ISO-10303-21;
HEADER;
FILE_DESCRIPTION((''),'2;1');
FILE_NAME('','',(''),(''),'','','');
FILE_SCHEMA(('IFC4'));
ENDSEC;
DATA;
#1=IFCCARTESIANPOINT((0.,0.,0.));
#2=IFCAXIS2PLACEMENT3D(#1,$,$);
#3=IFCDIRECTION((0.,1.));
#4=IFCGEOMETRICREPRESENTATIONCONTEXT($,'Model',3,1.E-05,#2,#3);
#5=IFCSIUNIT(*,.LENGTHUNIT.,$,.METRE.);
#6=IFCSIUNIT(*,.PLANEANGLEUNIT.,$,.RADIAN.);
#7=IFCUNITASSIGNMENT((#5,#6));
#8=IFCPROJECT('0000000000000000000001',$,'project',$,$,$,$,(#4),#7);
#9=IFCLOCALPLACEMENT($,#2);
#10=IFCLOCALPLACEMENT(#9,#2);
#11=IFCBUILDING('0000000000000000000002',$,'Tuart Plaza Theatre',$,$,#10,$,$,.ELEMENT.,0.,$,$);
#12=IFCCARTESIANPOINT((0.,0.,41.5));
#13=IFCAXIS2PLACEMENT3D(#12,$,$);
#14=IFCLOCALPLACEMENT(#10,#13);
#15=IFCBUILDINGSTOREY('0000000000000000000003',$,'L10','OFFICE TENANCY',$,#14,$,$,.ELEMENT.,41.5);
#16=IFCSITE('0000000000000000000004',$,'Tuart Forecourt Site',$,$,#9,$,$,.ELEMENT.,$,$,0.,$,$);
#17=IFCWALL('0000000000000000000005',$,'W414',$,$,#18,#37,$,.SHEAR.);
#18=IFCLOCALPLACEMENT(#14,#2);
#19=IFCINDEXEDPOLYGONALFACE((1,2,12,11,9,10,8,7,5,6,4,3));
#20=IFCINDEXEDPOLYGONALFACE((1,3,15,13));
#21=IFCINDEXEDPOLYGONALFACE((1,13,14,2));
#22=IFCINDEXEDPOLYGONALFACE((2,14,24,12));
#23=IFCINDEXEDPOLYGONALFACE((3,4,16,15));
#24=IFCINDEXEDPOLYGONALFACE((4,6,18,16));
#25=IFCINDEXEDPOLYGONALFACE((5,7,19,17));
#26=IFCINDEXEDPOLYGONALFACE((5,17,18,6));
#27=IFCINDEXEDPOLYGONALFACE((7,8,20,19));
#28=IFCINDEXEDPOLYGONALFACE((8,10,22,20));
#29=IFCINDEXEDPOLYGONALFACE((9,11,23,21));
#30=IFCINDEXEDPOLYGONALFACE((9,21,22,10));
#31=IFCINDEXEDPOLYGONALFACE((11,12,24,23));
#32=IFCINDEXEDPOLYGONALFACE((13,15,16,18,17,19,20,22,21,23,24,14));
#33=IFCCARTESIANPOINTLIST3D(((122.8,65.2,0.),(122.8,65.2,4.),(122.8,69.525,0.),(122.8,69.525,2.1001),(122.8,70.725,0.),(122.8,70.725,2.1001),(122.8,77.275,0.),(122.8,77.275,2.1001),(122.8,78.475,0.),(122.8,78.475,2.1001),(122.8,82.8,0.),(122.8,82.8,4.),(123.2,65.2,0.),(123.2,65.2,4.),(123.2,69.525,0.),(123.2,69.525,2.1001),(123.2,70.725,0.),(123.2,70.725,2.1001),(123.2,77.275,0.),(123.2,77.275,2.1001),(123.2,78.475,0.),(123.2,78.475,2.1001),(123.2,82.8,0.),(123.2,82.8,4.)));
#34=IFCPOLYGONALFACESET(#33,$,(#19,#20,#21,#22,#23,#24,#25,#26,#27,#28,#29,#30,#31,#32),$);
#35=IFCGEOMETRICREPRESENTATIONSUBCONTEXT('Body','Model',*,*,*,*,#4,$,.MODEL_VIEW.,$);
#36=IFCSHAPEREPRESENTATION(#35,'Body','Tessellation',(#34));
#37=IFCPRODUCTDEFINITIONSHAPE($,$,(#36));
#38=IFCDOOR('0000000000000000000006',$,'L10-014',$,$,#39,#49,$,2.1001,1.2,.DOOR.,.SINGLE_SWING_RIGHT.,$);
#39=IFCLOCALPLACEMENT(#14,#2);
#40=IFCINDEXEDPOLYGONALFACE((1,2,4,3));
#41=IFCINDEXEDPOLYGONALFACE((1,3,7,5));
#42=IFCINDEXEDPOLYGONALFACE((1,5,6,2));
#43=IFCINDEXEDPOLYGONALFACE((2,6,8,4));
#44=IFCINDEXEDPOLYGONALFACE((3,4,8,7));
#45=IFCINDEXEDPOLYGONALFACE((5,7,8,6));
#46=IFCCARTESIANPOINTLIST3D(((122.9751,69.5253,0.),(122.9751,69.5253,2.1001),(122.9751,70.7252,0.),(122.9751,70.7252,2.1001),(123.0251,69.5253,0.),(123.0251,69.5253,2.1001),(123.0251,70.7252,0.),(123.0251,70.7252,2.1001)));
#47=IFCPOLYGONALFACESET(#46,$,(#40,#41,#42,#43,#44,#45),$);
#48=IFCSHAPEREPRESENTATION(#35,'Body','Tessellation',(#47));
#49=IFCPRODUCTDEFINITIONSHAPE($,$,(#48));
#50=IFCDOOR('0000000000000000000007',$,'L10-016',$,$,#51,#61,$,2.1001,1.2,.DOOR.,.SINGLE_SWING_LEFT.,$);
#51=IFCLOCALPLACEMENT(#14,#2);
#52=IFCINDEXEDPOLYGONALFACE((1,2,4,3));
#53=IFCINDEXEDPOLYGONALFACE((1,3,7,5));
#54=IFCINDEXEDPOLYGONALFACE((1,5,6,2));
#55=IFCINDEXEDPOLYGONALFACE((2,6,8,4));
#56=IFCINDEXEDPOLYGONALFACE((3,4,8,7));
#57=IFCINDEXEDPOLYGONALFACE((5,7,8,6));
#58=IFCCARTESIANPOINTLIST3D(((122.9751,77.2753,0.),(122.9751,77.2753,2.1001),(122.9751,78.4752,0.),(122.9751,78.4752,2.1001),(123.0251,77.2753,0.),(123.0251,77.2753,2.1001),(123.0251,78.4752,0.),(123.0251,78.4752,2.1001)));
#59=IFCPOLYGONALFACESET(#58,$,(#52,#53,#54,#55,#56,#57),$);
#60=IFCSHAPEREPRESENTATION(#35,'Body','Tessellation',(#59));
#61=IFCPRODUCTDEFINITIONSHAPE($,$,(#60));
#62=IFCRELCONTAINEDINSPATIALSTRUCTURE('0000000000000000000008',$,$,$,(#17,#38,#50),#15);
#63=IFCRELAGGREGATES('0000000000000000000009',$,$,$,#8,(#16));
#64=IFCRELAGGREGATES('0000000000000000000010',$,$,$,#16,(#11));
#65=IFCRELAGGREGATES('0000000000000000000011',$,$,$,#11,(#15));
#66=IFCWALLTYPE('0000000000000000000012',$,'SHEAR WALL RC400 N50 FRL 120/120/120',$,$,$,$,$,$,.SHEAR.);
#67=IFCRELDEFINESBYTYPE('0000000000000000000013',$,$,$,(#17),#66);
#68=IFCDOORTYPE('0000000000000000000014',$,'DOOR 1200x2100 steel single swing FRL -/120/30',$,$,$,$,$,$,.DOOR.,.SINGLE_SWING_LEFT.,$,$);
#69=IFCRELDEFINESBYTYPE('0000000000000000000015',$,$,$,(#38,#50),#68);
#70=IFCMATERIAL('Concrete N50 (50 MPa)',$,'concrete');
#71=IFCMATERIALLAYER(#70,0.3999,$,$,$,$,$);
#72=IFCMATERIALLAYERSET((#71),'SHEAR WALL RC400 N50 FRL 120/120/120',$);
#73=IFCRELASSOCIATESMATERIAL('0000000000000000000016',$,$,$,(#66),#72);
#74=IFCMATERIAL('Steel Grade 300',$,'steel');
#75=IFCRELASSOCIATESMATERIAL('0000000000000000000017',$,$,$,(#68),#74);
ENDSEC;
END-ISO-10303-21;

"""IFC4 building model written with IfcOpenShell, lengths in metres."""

from ifc_helpers import new_model, si_unit, direction, frame, frame_2d, origin, place, context, subcontext, project, spatial, rectangle, extrude, material, layer, layer_set, type_object, element, fill, save


model = new_model("IFC4")

# Units and contexts
model_context = context("Model", 3, precision=1e-05, world=origin(), true_north=direction((0.0, 1.0)))
body_context = subcontext(model_context, "Body", "Model", "MODEL_VIEW")
ifc_project = project(units=[si_unit("LENGTHUNIT", "METRE"), si_unit("PLANEANGLEUNIT", "RADIAN")], contexts=[model_context])

# Site, building, storey
site_placement = place(None, origin())
site = spatial("IfcSite", under=ifc_project, at=site_placement, Name="Tuart Forecourt Site", CompositionType="ELEMENT", RefElevation=0.0)
building_placement = place(site_placement, origin())
building = spatial("IfcBuilding", under=site, at=building_placement, Name="Tuart Plaza Theatre", CompositionType="ELEMENT", ElevationOfRefHeight=0.0)
storey_placement = place(building_placement, frame((0.0, 0.0, 41.5)))
storey = spatial("IfcBuildingStorey", under=building, at=storey_placement, Name="L10", Description="OFFICE TENANCY", CompositionType="ELEMENT", Elevation=41.5)

# Wall, openings, doors
ifc_material_1 = material(Name="Concrete N50 (50 MPa)", Category="concrete")
ifc_layer_1 = layer(ifc_material_1, 0.3999)
ifc_layer_set_1 = layer_set([ifc_layer_1], Name="SHEAR WALL RC400 N50 FRL 120/120/120")
wall_type_1 = type_object("IfcWallType", Name="SHEAR WALL RC400 N50 FRL 120/120/120", PredefinedType="SHEAR", material=ifc_layer_set_1)
wall_1_placement = place(storey_placement, frame((123.0, 82.8, 0.0), z_axis=(0.0, 0.0, 1.0), x_axis=(0.0, -1.0, 0.0)))
wall_1 = element("IfcWall", 1, at=wall_1_placement, inside=storey, type_object=wall_type_1, Name="W414", PredefinedType="SHEAR", context=body_context, shape_type="SweptSolid", body=[
    extrude(rectangle(XDim=17.6001, YDim=0.3999, at=frame_2d((8.8, 0.0))), origin(), (0.0, 0.0, 1.0), 4.0),
])
opening_1_placement = place(wall_1_placement, frame((12.075, 0.0, 0.0)))
opening_1 = element("IfcOpeningElement", 2, at=opening_1_placement, cuts=wall_1, PredefinedType="OPENING", context=body_context, shape_type="SweptSolid", body=[
    extrude(rectangle(XDim=1.2, YDim=2.1001, at=frame_2d((0.6001, 1.05))), frame((0.0, 0.21, 0.0), z_axis=(0.0, -1.0, 0.0), x_axis=(1.0, 0.0, 0.0)), (0.0, 0.0, 1.0), 0.4199),
])
opening_2_placement = place(wall_1_placement, frame((4.325, 0.0, 0.0)))
opening_2 = element("IfcOpeningElement", 3, at=opening_2_placement, cuts=wall_1, PredefinedType="OPENING", context=body_context, shape_type="SweptSolid", body=[
    extrude(rectangle(XDim=1.2, YDim=2.1001, at=frame_2d((0.6001, 1.05))), frame((0.0, 0.21, 0.0), z_axis=(0.0, -1.0, 0.0), x_axis=(1.0, 0.0, 0.0)), (0.0, 0.0, 1.0), 0.4199),
])
ifc_material_2 = material(Name="Steel Grade 300", Category="steel")
door_type_1 = type_object("IfcDoorType", Name="DOOR 1200x2100 steel single swing FRL -/120/30", OperationType="SINGLE_SWING_LEFT", PredefinedType="DOOR", material=ifc_material_2)
door_1_placement = place(opening_1_placement, frame((1.2, 0.0, 0.0), z_axis=(0.0, 0.0, 1.0), x_axis=(-1.0, 0.0, 0.0)))
door_1 = element("IfcDoor", 4, at=door_1_placement, inside=storey, type_object=door_type_1, Name="L10-014", OperationType="SINGLE_SWING_RIGHT", OverallHeight=2.1001, OverallWidth=1.2, PredefinedType="DOOR", context=body_context, shape_type="SweptSolid", body=[
    extrude(rectangle(XDim=1.2, YDim=2.1001, at=frame_2d((0.6001, 1.05))), frame((0.0, 0.0249, 0.0), z_axis=(0.0, -1.0, 0.0), x_axis=(1.0, 0.0, 0.0)), (0.0, 0.0, 1.0), 0.05),
])
fill(opening_1, door_1)
door_2_placement = place(opening_2_placement, frame((1.2, 0.0, 0.0), z_axis=(0.0, 0.0, 1.0), x_axis=(-1.0, 0.0, 0.0)))
door_2 = element("IfcDoor", 5, at=door_2_placement, inside=storey, type_object=door_type_1, Name="L10-016", OperationType="SINGLE_SWING_LEFT", OverallHeight=2.1001, OverallWidth=1.2, PredefinedType="DOOR", context=body_context, shape_type="SweptSolid", body=[
    extrude(rectangle(XDim=1.2, YDim=2.1001, at=frame_2d((0.6001, 1.05))), frame((0.0, 0.0249, 0.0), z_axis=(0.0, -1.0, 0.0), x_axis=(1.0, 0.0, 0.0)), (0.0, 0.0, 1.0), 0.05),
])
fill(opening_2, door_2)

save(model, "model.ifc")
